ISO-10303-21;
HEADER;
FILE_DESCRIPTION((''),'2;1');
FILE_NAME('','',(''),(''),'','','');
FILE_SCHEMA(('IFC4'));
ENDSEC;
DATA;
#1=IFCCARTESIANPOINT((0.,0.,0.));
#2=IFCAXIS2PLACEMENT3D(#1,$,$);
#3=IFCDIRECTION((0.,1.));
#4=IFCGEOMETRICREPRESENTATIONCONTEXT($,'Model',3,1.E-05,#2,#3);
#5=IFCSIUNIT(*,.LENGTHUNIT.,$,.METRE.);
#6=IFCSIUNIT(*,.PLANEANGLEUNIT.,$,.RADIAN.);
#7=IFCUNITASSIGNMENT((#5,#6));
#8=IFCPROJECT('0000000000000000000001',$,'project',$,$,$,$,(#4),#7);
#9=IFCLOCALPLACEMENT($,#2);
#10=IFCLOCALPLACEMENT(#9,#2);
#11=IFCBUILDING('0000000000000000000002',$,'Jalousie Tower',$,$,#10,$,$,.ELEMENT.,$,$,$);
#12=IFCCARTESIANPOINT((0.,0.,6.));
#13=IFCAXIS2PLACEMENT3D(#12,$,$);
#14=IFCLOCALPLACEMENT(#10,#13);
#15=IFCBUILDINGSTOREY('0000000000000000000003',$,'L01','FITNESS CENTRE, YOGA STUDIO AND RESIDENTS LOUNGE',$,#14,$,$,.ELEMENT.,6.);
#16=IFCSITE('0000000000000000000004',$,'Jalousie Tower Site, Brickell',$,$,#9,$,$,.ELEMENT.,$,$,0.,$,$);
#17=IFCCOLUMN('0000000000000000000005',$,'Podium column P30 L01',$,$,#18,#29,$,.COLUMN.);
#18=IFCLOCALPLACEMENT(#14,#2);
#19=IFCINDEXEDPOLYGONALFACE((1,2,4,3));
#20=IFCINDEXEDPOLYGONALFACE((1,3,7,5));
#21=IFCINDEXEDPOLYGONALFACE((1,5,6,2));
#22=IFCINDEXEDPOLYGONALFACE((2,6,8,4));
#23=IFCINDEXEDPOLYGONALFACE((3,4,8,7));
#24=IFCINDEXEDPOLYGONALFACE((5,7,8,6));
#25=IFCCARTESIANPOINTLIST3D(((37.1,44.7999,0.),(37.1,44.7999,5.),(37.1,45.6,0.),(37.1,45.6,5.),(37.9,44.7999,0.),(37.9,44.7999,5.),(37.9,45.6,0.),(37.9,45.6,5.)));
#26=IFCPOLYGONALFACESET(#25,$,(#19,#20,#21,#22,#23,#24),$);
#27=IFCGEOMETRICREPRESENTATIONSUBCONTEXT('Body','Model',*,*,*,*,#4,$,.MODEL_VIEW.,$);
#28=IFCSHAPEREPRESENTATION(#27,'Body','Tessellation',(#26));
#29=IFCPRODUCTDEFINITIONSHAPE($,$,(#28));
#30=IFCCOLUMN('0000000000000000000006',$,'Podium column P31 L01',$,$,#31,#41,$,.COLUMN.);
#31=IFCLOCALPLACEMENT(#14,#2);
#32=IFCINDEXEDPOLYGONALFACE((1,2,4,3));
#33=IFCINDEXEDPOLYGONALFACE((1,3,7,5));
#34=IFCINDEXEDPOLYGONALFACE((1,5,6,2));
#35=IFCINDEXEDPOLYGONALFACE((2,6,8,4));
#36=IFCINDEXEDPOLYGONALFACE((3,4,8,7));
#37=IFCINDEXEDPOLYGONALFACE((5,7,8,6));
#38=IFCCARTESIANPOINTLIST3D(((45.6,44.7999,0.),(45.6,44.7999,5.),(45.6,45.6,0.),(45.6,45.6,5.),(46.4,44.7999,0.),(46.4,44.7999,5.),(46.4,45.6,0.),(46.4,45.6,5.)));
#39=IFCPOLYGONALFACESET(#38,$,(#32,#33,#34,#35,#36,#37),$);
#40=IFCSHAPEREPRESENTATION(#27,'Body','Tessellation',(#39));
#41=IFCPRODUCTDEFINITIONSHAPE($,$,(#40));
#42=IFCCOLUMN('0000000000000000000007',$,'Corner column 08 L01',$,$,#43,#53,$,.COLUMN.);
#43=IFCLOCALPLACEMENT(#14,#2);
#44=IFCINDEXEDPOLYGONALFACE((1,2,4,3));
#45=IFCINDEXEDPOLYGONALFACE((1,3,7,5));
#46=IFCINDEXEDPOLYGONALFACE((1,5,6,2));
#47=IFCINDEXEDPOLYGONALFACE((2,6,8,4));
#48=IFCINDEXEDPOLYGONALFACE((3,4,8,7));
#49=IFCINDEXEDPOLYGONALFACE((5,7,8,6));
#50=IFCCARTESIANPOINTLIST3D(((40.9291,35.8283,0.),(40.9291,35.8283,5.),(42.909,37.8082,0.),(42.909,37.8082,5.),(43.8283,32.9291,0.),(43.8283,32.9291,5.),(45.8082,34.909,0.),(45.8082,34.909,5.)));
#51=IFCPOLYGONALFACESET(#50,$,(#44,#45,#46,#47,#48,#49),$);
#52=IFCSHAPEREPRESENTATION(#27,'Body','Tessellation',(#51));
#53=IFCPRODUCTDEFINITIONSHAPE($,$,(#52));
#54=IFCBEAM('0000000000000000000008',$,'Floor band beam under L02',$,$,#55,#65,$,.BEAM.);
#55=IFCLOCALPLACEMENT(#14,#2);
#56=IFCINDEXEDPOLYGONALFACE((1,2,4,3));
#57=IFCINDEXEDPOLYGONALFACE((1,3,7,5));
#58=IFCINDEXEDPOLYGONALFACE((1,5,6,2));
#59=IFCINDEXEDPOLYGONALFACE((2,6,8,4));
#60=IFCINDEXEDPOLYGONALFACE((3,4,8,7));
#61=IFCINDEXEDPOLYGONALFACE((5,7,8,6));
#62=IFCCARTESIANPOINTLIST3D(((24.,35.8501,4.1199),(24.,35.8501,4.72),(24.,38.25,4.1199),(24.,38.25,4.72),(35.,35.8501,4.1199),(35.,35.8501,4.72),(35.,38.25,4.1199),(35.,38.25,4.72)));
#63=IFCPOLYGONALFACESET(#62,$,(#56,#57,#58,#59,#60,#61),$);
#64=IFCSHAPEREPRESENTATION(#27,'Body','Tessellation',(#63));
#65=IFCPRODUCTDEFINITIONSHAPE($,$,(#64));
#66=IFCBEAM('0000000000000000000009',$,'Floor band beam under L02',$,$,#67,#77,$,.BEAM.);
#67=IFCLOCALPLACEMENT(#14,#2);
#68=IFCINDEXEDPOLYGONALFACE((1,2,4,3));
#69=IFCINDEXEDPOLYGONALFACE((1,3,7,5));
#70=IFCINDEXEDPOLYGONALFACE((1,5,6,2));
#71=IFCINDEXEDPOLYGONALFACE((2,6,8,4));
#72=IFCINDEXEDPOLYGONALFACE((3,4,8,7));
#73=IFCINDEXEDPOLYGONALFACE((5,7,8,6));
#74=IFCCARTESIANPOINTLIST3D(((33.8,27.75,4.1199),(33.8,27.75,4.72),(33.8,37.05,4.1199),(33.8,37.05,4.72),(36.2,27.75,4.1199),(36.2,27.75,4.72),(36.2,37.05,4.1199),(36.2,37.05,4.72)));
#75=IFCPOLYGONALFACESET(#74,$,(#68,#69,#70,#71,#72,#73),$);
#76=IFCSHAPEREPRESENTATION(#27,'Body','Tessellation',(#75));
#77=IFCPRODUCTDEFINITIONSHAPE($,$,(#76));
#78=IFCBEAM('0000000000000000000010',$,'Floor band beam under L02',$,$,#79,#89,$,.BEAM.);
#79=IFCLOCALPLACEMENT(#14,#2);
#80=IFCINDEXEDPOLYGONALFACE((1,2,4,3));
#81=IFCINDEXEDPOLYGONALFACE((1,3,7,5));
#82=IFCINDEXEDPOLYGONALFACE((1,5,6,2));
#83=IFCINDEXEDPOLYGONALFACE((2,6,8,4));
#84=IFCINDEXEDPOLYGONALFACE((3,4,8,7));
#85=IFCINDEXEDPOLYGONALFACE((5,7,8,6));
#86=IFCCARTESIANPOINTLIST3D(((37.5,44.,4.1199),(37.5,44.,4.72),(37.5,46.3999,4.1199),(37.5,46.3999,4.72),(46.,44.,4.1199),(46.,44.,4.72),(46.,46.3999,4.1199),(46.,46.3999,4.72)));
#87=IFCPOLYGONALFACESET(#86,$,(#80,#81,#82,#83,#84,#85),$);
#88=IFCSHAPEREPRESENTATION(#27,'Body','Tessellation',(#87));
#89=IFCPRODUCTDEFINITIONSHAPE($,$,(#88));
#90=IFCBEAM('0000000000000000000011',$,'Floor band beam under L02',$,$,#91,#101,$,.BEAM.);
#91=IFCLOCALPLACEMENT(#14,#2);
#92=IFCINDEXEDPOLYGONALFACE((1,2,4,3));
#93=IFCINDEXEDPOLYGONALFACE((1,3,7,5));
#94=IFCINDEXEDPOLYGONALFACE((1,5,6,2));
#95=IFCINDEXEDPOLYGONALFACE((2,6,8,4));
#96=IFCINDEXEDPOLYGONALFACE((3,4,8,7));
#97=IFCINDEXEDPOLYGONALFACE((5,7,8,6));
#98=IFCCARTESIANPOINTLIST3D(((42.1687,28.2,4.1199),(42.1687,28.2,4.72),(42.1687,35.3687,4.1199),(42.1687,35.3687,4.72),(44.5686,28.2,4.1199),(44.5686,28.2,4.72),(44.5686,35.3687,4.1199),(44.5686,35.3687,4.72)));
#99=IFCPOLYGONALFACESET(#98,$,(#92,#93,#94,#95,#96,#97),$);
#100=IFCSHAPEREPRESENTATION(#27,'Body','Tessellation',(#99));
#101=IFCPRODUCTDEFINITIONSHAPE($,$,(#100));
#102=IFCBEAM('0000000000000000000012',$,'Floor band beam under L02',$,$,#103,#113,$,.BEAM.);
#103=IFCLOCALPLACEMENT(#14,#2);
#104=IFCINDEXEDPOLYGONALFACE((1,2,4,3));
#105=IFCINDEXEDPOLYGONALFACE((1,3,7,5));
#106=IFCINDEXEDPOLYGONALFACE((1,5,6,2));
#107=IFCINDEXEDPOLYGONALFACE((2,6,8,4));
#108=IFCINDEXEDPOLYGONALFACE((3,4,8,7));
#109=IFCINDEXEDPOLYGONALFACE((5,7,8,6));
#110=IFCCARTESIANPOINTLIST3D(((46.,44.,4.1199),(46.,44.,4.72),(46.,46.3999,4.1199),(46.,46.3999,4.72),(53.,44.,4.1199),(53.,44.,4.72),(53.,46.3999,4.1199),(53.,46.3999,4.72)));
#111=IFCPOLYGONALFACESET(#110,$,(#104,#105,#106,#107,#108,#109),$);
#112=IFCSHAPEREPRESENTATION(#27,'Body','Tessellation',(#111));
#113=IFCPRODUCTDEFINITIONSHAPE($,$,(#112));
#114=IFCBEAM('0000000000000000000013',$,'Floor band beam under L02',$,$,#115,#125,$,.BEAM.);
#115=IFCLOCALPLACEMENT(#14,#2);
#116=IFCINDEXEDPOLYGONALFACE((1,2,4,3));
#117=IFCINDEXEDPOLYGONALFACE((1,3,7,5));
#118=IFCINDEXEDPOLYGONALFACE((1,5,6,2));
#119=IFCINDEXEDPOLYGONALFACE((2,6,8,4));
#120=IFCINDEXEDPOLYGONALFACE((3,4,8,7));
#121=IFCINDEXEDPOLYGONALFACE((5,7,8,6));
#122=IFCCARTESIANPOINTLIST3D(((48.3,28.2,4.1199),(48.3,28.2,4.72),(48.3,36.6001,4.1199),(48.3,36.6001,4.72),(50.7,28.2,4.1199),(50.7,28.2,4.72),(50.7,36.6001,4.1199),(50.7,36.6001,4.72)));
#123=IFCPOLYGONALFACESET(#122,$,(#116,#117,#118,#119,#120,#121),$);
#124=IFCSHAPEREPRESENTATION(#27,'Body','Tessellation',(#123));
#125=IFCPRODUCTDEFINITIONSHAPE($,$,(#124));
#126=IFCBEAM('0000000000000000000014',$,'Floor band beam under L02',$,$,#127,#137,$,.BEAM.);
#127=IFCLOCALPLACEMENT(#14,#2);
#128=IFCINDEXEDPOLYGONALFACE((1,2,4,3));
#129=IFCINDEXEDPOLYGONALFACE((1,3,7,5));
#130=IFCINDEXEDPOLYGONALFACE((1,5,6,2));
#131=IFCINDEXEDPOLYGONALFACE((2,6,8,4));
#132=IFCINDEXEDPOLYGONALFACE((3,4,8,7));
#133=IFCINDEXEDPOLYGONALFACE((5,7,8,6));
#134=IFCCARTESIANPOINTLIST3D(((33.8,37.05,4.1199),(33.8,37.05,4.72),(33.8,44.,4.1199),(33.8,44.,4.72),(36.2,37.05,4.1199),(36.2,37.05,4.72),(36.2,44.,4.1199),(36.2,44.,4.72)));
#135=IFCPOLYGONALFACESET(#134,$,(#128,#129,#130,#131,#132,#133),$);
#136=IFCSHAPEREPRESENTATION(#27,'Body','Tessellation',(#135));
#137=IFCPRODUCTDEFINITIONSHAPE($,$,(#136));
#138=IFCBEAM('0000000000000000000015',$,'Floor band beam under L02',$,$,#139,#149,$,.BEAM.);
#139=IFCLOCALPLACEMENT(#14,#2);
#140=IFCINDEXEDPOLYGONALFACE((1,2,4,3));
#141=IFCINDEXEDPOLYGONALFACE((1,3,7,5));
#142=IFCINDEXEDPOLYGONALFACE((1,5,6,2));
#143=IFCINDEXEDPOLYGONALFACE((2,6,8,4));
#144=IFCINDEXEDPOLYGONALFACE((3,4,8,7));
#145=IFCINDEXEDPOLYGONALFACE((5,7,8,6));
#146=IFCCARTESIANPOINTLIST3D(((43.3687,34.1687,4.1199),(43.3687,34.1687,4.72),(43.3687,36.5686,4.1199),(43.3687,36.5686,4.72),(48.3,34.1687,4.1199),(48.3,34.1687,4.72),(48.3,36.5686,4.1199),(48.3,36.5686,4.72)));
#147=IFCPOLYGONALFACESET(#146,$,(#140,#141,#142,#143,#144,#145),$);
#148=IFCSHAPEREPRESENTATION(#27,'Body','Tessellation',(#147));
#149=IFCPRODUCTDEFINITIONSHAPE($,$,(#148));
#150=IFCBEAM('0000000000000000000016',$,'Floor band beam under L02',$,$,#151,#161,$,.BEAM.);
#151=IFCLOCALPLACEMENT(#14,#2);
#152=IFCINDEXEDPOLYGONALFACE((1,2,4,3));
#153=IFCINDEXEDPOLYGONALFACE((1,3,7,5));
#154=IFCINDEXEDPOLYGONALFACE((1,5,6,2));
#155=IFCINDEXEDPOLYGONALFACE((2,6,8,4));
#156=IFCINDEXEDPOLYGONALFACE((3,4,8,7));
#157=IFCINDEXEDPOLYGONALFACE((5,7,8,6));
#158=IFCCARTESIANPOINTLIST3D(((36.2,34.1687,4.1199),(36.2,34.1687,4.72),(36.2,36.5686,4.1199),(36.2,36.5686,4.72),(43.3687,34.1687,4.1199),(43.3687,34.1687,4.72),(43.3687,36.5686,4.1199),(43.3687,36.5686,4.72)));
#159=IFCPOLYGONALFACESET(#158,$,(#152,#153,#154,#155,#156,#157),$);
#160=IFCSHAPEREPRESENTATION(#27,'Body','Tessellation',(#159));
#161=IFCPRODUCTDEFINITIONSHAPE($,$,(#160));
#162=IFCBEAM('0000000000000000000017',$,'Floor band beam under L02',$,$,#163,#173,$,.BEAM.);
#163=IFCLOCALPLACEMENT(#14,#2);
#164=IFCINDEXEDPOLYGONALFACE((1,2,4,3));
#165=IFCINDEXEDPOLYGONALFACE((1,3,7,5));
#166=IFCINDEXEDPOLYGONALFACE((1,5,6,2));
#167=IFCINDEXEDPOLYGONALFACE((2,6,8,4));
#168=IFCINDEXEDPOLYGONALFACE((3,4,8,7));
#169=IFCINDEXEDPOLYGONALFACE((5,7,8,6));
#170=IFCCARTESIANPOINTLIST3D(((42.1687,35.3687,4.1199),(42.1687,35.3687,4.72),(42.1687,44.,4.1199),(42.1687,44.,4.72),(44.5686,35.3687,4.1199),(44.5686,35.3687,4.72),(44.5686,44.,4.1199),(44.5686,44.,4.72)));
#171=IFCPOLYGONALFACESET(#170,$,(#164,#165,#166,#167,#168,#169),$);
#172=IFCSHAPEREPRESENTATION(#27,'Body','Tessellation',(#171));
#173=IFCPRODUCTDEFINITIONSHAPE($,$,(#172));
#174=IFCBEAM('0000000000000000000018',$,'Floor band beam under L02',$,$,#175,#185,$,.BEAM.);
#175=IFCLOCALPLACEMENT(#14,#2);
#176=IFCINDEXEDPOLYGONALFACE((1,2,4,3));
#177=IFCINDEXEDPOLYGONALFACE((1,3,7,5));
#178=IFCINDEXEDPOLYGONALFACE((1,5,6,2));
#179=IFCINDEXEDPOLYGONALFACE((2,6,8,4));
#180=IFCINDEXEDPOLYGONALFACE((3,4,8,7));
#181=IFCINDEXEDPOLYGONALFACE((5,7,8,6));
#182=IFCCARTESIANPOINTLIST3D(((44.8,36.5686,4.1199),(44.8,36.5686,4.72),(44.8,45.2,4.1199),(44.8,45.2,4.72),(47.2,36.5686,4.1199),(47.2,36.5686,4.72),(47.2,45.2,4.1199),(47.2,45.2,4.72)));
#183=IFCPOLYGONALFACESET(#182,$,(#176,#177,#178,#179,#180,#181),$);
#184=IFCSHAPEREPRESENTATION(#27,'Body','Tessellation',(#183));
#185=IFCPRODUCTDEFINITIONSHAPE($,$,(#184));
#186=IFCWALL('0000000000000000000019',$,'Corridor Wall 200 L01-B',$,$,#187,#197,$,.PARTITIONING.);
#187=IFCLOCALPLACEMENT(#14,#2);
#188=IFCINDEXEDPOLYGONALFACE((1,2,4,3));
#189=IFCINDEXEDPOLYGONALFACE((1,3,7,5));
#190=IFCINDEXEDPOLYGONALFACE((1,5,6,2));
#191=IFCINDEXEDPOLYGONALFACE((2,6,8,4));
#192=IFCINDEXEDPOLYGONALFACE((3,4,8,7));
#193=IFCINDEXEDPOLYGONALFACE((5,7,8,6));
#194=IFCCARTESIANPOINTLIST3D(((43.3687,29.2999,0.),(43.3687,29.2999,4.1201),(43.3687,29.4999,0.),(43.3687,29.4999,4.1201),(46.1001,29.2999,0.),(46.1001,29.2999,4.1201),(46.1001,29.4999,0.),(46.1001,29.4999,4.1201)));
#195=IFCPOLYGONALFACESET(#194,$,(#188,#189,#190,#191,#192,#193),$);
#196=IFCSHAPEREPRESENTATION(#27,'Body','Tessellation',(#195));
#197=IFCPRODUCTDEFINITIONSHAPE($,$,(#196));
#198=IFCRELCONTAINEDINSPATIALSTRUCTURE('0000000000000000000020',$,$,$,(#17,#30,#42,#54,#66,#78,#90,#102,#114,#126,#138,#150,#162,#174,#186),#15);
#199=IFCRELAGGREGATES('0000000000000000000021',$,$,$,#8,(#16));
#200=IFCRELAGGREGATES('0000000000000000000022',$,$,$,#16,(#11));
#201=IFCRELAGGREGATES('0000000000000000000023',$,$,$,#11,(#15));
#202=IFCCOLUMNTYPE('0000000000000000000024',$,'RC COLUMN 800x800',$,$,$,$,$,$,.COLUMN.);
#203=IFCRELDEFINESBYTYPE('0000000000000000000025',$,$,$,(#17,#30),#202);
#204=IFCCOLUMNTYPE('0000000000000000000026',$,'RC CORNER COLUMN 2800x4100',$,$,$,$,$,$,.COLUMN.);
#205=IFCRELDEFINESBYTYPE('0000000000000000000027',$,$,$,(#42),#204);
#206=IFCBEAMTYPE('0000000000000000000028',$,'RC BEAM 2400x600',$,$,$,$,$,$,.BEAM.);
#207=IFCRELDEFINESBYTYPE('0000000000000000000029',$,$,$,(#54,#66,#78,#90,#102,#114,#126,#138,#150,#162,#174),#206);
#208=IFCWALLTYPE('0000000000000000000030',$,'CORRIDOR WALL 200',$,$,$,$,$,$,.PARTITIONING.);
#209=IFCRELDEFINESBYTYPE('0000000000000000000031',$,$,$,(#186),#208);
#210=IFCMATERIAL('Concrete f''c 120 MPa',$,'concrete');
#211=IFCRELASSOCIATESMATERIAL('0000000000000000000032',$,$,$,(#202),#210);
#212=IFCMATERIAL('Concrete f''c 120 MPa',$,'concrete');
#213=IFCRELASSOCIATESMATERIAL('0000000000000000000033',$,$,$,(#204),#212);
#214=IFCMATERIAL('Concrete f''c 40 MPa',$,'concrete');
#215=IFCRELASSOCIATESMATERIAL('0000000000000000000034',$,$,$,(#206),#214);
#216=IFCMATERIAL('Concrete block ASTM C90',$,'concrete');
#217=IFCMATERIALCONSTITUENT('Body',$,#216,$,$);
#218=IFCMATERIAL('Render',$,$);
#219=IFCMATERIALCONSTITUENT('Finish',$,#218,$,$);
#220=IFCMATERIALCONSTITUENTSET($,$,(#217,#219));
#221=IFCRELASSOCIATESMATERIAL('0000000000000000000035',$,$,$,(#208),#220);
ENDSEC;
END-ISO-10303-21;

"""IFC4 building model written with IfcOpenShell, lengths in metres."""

from ifc_helpers import new_model, si_unit, direction, frame, frame_2d, origin, origin_2d, place, context, subcontext, project, spatial, rectangle, extrude, material, constituent, constituent_set, material_profile, profile_set, type_object, element, save


model = new_model("IFC4")

# Units and contexts
model_context = context("Model", 3, precision=1e-05, world=origin(), true_north=direction((0.0, 1.0)))
body_context = subcontext(model_context, "Body", "Model", "MODEL_VIEW")
ifc_project = project(units=[si_unit("LENGTHUNIT", "METRE"), si_unit("PLANEANGLEUNIT", "RADIAN")], contexts=[model_context])

# Site, building, storey
site_placement = place(None, origin())
site = spatial("IfcSite", under=ifc_project, at=site_placement, Name="Jalousie Tower Site, Brickell", CompositionType="ELEMENT", RefElevation=0.0)
building_placement = place(site_placement, origin())
building = spatial("IfcBuilding", under=site, at=building_placement, Name="Jalousie Tower", CompositionType="ELEMENT")
storey_placement = place(building_placement, frame((0.0, 0.0, 6.0)))
storey = spatial("IfcBuildingStorey", under=building, at=storey_placement, Name="L01", Description="FITNESS CENTRE, YOGA STUDIO AND RESIDENTS LOUNGE", CompositionType="ELEMENT", Elevation=6.0)

# Columns
ifc_material_1 = material(Name="Concrete f'c 120 MPa", Category="concrete")
ifc_material_profile_1 = material_profile(ifc_material_1, rectangle(XDim=0.8, YDim=0.8, at=origin_2d()), Name="RC 800x800")
ifc_profile_set_1 = profile_set([ifc_material_profile_1], Name="Concrete f'c 120 MPa")
column_type_1 = type_object("IfcColumnType", Name="RC COLUMN 800x800", PredefinedType="COLUMN", material=ifc_profile_set_1)
for number, where, z_axis, x_axis, name in (
    (1, (37.5, 45.2, 0.0), (0.0, 0.0, 1.0), (1.0, 0.0, 0.0), "Podium column P30 L01"),
    (2, (46.0, 45.2, 0.0), (0.0, 0.0, 1.0), (1.0, 0.0, 0.0), "Podium column P31 L01"),
):
    element("IfcColumn", number, at=place(storey_placement, frame(where, z_axis=z_axis, x_axis=x_axis)), inside=storey, type_object=column_type_1, Name=name, PredefinedType="COLUMN", context=body_context, shape_type="SweptSolid", body=[
        extrude(rectangle(XDim=0.8, YDim=0.8, at=origin_2d()), origin(), (0.0, 0.0, 1.0), 5.0),
    ])
ifc_material_2 = material(Name="Concrete f'c 120 MPa", Category="concrete")
ifc_material_profile_2 = material_profile(ifc_material_2, rectangle(XDim=2.8, YDim=4.1001, at=origin_2d()), Name="RC 2800x4100")
ifc_profile_set_2 = profile_set([ifc_material_profile_2], Name="Concrete f'c 120 MPa")
column_type_2 = type_object("IfcColumnType", Name="RC CORNER COLUMN 2800x4100", PredefinedType="COLUMN", material=ifc_profile_set_2)
column_placement = place(storey_placement, frame((43.3687, 35.3687, 0.0), z_axis=(0.0, 0.0, 1.0), x_axis=(-0.707107, -0.707107, 0.0)))
element("IfcColumn", 3, at=column_placement, inside=storey, type_object=column_type_2, Name="Corner column 08 L01", PredefinedType="COLUMN", context=body_context, shape_type="SweptSolid", body=[
    extrude(rectangle(XDim=2.8, YDim=4.1001, at=origin_2d()), origin(), (0.0, 0.0, 1.0), 5.0),
])

# Beams
ifc_material_3 = material(Name="Concrete f'c 40 MPa", Category="concrete")
ifc_material_profile_3 = material_profile(ifc_material_3, rectangle(XDim=2.3999, YDim=0.6001, at=origin_2d()), Name="RC 2400x600")
ifc_profile_set_3 = profile_set([ifc_material_profile_3], Name="Concrete f'c 40 MPa")
beam_type = type_object("IfcBeamType", Name="RC BEAM 2400x600", PredefinedType="BEAM", material=ifc_profile_set_3)
beam_1_placement = place(storey_placement, frame((35.0, 37.05, 4.4199), z_axis=(-1.0, 0.0, 0.0), x_axis=(0.0, -1.0, 0.0)))
element("IfcBeam", 4, at=beam_1_placement, inside=storey, type_object=beam_type, Name="Floor band beam under L02", PredefinedType="BEAM", context=body_context, shape_type="SweptSolid", body=[
    extrude(rectangle(XDim=2.3999, YDim=0.6001, at=origin_2d()), origin(), (0.0, 0.0, 1.0), 11.0),
])
beam_2_placement = place(storey_placement, frame((35.0, 37.05, 4.4199), z_axis=(0.0, -1.0, 0.0), x_axis=(1.0, 0.0, 0.0)))
element("IfcBeam", 5, at=beam_2_placement, inside=storey, type_object=beam_type, Name="Floor band beam under L02", PredefinedType="BEAM", context=body_context, shape_type="SweptSolid", body=[
    extrude(rectangle(XDim=2.3999, YDim=0.6001, at=origin_2d()), origin(), (0.0, 0.0, 1.0), 9.3),
])
beam_3_placement = place(storey_placement, frame((37.5, 45.2, 4.4199), z_axis=(1.0, 0.0, 0.0), x_axis=(0.0, 1.0, 0.0)))
element("IfcBeam", 6, at=beam_3_placement, inside=storey, type_object=beam_type, Name="Floor band beam under L02", PredefinedType="BEAM", context=body_context, shape_type="SweptSolid", body=[
    extrude(rectangle(XDim=2.3999, YDim=0.6001, at=origin_2d()), origin(), (0.0, 0.0, 1.0), 8.5),
])
beam_4_placement = place(storey_placement, frame((43.3687, 35.3687, 4.4199), z_axis=(0.0, -1.0, 0.0), x_axis=(1.0, 0.0, 0.0)))
element("IfcBeam", 7, at=beam_4_placement, inside=storey, type_object=beam_type, Name="Floor band beam under L02", PredefinedType="BEAM", context=body_context, shape_type="SweptSolid", body=[
    extrude(rectangle(XDim=2.3999, YDim=0.6001, at=origin_2d()), origin(), (0.0, 0.0, 1.0), 7.1687),
])
beam_5_placement = place(storey_placement, frame((46.0, 45.2, 4.4199), z_axis=(1.0, 0.0, 0.0), x_axis=(0.0, 1.0, 0.0)))
element("IfcBeam", 8, at=beam_5_placement, inside=storey, type_object=beam_type, Name="Floor band beam under L02", PredefinedType="BEAM", context=body_context, shape_type="SweptSolid", body=[
    extrude(rectangle(XDim=2.3999, YDim=0.6001, at=origin_2d()), origin(), (0.0, 0.0, 1.0), 7.0),
])
beam_6_placement = place(storey_placement, frame((49.5, 28.2, 4.4199), z_axis=(0.0, 1.0, 0.0), x_axis=(-1.0, 0.0, 0.0)))
element("IfcBeam", 9, at=beam_6_placement, inside=storey, type_object=beam_type, Name="Floor band beam under L02", PredefinedType="BEAM", context=body_context, shape_type="SweptSolid", body=[
    extrude(rectangle(XDim=2.3999, YDim=0.6001, at=origin_2d()), origin(), (0.0, 0.0, 1.0), 8.4001),
])
beam_7_placement = place(storey_placement, frame((35.0, 37.05, 4.4199), z_axis=(0.0, 1.0, 0.0), x_axis=(-1.0, 0.0, 0.0)))
element("IfcBeam", 10, at=beam_7_placement, inside=storey, type_object=beam_type, Name="Floor band beam under L02", PredefinedType="BEAM", context=body_context, shape_type="SweptSolid", body=[
    extrude(rectangle(XDim=2.3999, YDim=0.6001, at=origin_2d()), origin(), (0.0, 0.0, 1.0), 6.95),
])
beam_8_placement = place(storey_placement, frame((43.3687, 35.3687, 4.4199), z_axis=(1.0, 0.0, 0.0), x_axis=(0.0, 1.0, 0.0)))
element("IfcBeam", 11, at=beam_8_placement, inside=storey, type_object=beam_type, Name="Floor band beam under L02", PredefinedType="BEAM", context=body_context, shape_type="SweptSolid", body=[
    extrude(rectangle(XDim=2.3999, YDim=0.6001, at=origin_2d()), origin(), (0.0, 0.0, 1.0), 4.9314),
])
beam_9_placement = place(storey_placement, frame((43.3687, 35.3687, 4.4199), z_axis=(-1.0, 0.0, 0.0), x_axis=(0.0, -1.0, 0.0)))
element("IfcBeam", 12, at=beam_9_placement, inside=storey, type_object=beam_type, Name="Floor band beam under L02", PredefinedType="BEAM", context=body_context, shape_type="SweptSolid", body=[
    extrude(rectangle(XDim=2.3999, YDim=0.6001, at=origin_2d()), origin(), (0.0, 0.0, 1.0), 7.1687),
])
for number, where, z_axis, x_axis, name in (
    (13, (43.3687, 35.3687, 4.4199), (0.0, 1.0, 0.0), (-1.0, 0.0, 0.0), "Floor band beam under L02"),
    (14, (46.0, 45.2, 4.4199), (0.0, -1.0, 0.0), (1.0, 0.0, 0.0), "Floor band beam under L02"),
):
    element("IfcBeam", number, at=place(storey_placement, frame(where, z_axis=z_axis, x_axis=x_axis)), inside=storey, type_object=beam_type, Name=name, PredefinedType="BEAM", context=body_context, shape_type="SweptSolid", body=[
        extrude(rectangle(XDim=2.3999, YDim=0.6001, at=origin_2d()), origin(), (0.0, 0.0, 1.0), 8.6313),
    ])

# Wall
ifc_material_4 = material(Name="Concrete block ASTM C90", Category="concrete")
ifc_constituent_1 = constituent(ifc_material_4, Name="Body")
ifc_material_5 = material(Name="Render")
ifc_constituent_2 = constituent(ifc_material_5, Name="Finish")
ifc_constituent_set_1 = constituent_set(constituents=[ifc_constituent_1, ifc_constituent_2])
wall_type_1 = type_object("IfcWallType", Name="CORRIDOR WALL 200", PredefinedType="PARTITIONING", material=ifc_constituent_set_1)
wall_1_placement = place(storey_placement, frame((43.3687, 29.3999, 0.0), z_axis=(0.0, 0.0, 1.0), x_axis=(1.0, 0.0, 0.0)))
element("IfcWall", 15, at=wall_1_placement, inside=storey, type_object=wall_type_1, Name="Corridor Wall 200 L01-B", PredefinedType="PARTITIONING", context=body_context, shape_type="SweptSolid", body=[
    extrude(rectangle(XDim=2.7314, YDim=0.2, at=frame_2d((1.3657, 0.0))), origin(), (0.0, 0.0, 1.0), 4.1201),
])

save(model, "model.ifc")
